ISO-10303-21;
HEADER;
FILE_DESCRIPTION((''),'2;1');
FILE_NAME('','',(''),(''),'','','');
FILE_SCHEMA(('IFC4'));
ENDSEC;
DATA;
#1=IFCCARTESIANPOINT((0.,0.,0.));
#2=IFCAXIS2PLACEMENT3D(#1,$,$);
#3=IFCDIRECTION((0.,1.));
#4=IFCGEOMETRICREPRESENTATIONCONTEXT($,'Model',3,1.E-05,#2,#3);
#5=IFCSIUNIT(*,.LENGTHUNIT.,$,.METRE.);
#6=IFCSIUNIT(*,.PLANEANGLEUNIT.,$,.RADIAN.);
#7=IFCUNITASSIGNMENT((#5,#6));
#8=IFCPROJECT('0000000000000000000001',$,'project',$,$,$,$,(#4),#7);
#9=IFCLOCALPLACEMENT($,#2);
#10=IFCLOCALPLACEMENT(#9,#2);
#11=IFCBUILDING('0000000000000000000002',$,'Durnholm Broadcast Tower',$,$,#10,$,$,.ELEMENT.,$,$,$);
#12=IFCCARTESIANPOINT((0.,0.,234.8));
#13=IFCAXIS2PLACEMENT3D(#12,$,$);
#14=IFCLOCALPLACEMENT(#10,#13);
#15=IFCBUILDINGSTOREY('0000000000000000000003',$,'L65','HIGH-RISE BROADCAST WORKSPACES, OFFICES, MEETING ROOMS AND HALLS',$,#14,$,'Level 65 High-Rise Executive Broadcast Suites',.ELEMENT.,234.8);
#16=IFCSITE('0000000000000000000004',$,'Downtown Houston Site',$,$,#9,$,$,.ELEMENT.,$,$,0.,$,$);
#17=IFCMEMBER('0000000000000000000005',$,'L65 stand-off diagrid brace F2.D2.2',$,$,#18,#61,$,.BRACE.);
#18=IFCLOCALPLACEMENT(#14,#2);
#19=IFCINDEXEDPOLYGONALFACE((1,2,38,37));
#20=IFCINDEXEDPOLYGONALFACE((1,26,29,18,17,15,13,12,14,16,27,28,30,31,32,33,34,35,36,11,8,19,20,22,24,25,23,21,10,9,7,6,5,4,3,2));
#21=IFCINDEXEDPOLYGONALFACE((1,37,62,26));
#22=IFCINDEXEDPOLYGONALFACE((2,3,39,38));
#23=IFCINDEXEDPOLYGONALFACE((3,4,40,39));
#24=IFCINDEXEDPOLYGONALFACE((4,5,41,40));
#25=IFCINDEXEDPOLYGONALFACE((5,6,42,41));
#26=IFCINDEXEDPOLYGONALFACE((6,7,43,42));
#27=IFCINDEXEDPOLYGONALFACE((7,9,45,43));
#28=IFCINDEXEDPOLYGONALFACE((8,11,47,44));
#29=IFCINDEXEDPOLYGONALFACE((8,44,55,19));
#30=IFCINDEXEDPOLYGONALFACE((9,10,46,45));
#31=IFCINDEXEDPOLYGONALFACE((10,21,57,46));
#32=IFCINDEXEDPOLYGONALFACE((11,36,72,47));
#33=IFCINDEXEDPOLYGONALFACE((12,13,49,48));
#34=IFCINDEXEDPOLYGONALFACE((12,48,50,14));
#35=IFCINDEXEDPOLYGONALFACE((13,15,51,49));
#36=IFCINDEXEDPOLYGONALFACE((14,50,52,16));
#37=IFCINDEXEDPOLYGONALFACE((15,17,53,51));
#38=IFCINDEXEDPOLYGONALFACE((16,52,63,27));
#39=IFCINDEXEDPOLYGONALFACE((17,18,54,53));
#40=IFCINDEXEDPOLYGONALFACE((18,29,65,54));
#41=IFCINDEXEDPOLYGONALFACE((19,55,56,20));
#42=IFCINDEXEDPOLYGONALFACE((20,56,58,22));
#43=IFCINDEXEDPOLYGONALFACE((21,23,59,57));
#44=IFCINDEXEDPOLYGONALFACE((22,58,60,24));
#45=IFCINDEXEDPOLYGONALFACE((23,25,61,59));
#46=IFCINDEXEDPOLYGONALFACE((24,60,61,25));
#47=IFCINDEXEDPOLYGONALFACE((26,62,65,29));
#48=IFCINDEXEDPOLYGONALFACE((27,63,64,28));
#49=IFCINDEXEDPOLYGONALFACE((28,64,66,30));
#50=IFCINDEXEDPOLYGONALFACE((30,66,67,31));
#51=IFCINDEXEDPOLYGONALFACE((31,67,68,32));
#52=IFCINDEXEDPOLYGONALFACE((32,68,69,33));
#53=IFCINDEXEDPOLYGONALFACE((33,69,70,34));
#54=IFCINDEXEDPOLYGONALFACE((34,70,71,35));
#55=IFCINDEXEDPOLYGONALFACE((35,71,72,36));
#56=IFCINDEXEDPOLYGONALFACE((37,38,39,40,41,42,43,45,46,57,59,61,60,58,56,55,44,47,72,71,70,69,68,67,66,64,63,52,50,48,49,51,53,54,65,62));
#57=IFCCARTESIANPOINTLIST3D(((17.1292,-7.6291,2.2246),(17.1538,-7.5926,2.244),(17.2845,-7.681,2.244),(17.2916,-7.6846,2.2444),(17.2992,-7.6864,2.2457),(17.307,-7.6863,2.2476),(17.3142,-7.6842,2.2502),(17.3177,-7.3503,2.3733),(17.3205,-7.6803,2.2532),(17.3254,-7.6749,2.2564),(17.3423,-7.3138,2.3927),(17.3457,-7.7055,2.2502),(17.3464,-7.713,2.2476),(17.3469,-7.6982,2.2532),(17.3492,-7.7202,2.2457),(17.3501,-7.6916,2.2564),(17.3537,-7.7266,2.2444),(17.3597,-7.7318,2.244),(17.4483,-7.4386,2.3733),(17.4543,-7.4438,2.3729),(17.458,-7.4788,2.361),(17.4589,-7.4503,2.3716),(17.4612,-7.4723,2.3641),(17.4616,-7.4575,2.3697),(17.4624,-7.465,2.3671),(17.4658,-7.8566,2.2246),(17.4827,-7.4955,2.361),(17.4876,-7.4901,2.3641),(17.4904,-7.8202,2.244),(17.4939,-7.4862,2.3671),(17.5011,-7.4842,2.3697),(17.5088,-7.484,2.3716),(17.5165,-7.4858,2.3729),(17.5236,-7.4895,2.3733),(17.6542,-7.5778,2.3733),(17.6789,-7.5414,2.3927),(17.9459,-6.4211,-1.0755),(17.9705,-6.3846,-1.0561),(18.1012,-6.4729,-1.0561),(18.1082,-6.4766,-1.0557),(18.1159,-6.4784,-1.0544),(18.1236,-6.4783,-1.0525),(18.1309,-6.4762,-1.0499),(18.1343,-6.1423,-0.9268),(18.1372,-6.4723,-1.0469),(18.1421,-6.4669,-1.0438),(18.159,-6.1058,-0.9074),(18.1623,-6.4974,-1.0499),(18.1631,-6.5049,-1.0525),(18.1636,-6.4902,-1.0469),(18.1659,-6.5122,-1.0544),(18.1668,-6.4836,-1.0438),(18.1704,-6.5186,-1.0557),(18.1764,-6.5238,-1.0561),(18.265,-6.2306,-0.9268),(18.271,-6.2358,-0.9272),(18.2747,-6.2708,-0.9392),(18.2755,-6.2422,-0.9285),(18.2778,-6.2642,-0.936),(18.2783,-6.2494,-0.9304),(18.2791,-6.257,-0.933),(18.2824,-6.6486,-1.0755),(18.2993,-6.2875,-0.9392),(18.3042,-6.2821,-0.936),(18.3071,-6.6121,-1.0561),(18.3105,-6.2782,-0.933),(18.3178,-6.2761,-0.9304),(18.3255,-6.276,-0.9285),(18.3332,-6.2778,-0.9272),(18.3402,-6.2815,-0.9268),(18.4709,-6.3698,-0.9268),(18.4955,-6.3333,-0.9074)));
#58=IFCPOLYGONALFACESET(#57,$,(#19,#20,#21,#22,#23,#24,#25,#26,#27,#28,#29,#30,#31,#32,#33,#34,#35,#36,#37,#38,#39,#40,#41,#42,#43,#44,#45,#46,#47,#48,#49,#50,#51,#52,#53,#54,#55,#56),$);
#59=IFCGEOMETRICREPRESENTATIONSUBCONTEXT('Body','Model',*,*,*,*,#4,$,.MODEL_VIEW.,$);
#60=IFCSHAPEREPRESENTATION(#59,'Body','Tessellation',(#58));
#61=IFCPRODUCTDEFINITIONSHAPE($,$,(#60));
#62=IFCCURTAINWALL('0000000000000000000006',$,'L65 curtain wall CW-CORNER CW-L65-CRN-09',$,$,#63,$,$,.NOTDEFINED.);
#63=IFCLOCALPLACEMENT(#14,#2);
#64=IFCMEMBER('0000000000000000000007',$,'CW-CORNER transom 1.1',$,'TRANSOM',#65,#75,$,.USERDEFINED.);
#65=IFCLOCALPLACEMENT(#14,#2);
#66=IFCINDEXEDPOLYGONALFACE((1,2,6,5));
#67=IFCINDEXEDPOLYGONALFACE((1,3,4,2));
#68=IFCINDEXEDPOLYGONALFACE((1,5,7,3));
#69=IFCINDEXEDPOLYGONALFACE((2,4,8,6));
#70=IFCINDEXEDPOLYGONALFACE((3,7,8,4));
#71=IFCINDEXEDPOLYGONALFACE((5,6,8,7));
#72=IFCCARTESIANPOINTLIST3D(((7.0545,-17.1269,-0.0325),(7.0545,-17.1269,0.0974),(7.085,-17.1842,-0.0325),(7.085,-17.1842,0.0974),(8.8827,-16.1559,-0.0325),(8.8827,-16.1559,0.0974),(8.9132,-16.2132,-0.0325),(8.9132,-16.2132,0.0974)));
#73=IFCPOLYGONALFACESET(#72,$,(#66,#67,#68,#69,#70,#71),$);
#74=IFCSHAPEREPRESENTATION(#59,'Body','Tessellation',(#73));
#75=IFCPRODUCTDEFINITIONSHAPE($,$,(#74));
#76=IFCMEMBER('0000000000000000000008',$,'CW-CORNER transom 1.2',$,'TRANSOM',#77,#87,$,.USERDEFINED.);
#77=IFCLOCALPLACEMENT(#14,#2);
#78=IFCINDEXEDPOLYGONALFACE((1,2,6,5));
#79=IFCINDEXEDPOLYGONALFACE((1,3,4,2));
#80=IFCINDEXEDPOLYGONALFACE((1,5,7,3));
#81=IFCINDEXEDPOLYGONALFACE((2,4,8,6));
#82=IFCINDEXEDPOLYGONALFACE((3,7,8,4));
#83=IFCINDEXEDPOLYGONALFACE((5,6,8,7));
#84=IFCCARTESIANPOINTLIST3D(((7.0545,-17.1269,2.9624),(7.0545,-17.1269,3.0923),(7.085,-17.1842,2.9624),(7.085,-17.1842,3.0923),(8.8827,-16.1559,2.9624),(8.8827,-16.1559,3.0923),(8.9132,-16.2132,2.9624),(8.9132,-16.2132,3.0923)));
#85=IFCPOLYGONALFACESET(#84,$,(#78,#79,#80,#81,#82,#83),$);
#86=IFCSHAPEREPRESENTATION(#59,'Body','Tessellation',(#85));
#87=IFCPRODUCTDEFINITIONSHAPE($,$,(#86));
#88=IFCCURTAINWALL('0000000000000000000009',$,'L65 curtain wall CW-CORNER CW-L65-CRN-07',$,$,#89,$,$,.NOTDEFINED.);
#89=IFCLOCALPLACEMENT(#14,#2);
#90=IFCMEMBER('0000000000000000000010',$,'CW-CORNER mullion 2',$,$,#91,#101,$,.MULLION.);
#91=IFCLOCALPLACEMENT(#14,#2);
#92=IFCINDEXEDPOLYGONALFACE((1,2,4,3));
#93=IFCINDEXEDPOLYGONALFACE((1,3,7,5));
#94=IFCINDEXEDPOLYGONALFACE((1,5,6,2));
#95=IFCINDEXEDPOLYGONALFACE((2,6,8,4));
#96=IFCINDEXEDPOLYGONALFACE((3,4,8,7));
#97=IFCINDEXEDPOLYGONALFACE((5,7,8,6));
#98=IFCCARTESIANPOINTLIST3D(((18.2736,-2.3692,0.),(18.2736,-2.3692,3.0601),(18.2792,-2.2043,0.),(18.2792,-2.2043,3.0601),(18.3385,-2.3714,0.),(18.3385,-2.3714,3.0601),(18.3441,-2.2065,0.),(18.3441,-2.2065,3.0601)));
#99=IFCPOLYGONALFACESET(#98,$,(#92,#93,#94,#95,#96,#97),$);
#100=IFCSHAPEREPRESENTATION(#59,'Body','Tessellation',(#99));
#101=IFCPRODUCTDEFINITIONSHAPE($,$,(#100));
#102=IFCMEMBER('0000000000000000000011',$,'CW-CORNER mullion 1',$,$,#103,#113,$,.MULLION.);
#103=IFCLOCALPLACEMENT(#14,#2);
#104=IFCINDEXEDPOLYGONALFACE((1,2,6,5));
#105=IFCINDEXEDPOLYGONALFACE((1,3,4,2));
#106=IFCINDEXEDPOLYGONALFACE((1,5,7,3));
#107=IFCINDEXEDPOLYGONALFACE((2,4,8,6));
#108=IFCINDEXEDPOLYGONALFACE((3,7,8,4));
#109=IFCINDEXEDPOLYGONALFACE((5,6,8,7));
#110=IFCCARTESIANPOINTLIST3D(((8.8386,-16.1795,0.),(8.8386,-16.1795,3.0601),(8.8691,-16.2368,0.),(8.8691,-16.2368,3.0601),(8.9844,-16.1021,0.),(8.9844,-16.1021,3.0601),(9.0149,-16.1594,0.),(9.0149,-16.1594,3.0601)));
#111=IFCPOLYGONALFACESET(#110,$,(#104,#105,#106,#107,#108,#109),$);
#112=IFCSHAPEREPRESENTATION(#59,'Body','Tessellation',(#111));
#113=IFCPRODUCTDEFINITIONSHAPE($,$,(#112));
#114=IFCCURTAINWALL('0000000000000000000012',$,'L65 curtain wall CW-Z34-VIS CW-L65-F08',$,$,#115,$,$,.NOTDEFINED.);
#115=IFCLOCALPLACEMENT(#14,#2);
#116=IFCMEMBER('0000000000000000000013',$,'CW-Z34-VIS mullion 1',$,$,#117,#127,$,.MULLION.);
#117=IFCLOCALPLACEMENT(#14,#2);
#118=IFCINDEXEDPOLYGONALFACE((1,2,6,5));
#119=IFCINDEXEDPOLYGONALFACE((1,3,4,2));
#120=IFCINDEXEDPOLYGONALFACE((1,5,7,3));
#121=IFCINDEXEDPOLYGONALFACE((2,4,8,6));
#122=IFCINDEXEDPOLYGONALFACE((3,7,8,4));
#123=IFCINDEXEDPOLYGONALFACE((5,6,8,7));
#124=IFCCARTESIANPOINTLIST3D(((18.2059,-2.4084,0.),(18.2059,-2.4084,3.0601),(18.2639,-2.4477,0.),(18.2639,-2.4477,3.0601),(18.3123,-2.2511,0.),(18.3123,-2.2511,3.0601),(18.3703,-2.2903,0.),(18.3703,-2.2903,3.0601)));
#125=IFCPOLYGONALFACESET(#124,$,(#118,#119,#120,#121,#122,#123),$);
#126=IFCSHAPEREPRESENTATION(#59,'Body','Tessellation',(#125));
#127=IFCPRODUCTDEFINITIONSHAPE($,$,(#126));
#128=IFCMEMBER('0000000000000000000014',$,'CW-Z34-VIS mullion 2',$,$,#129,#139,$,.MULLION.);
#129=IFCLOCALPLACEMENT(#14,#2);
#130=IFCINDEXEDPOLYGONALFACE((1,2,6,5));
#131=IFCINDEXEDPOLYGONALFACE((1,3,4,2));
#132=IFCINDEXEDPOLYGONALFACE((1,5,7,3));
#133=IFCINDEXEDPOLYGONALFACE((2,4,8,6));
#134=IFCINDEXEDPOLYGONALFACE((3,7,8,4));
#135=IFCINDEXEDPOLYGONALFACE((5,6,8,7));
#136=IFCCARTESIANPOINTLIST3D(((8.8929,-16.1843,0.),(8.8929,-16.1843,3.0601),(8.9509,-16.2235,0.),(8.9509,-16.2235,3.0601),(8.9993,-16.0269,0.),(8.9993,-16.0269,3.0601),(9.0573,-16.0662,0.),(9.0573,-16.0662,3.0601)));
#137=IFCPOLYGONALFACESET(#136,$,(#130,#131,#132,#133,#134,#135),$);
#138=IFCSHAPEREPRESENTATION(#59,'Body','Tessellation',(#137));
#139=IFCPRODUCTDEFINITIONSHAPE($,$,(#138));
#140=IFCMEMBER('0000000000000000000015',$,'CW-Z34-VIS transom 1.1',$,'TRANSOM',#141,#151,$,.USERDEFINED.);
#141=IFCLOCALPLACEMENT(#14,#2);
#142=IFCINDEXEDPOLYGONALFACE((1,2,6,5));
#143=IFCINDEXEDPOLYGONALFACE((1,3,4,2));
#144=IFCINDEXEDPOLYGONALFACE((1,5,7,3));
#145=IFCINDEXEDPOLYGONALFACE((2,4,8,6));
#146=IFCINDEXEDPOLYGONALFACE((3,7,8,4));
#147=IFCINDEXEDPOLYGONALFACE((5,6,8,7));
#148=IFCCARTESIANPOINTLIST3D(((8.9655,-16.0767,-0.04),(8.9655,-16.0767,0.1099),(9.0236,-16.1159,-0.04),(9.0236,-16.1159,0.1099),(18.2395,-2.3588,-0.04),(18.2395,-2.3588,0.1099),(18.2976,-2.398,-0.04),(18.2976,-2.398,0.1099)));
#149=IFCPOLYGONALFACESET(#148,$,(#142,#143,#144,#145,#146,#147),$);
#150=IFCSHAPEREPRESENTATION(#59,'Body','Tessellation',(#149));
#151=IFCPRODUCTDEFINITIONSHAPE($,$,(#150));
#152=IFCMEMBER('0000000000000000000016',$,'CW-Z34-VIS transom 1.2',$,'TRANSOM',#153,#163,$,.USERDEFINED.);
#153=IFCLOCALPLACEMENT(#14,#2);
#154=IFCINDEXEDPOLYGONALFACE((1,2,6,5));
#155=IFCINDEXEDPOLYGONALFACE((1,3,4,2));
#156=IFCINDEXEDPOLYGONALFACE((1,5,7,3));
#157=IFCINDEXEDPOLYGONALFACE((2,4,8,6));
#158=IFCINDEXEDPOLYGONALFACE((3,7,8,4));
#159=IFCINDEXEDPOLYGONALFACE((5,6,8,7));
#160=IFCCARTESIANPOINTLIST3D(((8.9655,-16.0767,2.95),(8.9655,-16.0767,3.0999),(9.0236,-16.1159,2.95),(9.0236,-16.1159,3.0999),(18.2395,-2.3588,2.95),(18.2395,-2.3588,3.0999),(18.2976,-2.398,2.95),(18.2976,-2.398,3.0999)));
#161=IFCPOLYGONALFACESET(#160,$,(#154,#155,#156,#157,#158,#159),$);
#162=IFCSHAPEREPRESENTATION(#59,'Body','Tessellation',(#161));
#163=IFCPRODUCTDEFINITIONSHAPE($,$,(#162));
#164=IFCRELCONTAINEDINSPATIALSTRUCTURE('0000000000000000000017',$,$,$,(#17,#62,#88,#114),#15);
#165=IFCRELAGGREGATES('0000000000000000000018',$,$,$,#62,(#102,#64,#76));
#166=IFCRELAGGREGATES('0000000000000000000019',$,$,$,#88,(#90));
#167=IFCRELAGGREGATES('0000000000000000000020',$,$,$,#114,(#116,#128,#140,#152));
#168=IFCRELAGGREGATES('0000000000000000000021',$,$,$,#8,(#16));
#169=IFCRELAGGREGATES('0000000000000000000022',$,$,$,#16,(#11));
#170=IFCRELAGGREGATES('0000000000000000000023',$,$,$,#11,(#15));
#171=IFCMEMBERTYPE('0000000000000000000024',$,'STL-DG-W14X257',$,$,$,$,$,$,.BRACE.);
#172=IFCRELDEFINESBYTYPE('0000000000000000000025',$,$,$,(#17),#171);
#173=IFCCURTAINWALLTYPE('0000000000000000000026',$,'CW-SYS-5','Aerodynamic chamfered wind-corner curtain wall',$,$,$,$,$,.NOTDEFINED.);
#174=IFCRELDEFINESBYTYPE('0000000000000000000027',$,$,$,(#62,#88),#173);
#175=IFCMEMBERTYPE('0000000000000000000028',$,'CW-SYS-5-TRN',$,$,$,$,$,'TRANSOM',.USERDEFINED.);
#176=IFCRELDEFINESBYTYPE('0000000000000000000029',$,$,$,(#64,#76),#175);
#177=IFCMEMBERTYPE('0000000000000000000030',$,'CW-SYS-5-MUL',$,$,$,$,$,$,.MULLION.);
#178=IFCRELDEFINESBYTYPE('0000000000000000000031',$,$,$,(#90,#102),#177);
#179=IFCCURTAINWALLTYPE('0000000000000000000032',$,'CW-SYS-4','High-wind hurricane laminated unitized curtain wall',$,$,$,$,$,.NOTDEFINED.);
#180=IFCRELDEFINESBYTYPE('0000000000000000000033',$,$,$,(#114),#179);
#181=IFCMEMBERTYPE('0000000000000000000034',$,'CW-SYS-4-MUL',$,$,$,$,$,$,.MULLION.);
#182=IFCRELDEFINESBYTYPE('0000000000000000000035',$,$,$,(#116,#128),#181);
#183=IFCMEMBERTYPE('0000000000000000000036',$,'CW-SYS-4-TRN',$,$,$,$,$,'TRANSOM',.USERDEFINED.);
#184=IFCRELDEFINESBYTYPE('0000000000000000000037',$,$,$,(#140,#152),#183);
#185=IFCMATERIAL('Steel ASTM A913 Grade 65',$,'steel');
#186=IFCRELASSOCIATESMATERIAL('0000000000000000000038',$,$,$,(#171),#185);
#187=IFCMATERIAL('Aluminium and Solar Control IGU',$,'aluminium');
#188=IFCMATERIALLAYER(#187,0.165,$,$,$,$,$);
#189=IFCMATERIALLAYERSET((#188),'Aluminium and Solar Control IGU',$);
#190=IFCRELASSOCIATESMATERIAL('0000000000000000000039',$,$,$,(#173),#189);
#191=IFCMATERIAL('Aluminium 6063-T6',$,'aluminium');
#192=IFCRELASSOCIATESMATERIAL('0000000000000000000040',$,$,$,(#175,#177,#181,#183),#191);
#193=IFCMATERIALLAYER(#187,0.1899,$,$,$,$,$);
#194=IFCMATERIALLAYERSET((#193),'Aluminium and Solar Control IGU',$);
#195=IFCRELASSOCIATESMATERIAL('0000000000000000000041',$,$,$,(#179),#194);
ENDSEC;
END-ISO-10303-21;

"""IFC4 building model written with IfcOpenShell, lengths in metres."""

from ifc_helpers import new_model, si_unit, direction, frame, origin, origin_2d, place, context, subcontext, project, spatial, rectangle, i_section, extrude, source, transform, mapped, material, layer, layer_set, material_profile, profile_set, type_object, type_shapes, element, aggregate, save


model = new_model("IFC4")

# Units and contexts
model_context = context("Model", 3, precision=1e-05, world=origin(), true_north=direction((0.0, 1.0)))
body_context = subcontext(model_context, "Body", "Model", "MODEL_VIEW")
ifc_project = project(units=[si_unit("LENGTHUNIT", "METRE"), si_unit("PLANEANGLEUNIT", "RADIAN")], contexts=[model_context])

# Site, building, storey
site_placement = place(None, origin())
site = spatial("IfcSite", under=ifc_project, at=site_placement, Name="Downtown Houston Site", CompositionType="ELEMENT", RefElevation=0.0)
building_placement = place(site_placement, origin())
building = spatial("IfcBuilding", under=site, at=building_placement, Name="Durnholm Broadcast Tower", CompositionType="ELEMENT")
storey_placement = place(building_placement, frame((0.0, 0.0, 234.8)))
storey = spatial("IfcBuildingStorey", under=building, at=storey_placement, Name="L65", Description="HIGH-RISE BROADCAST WORKSPACES, OFFICES, MEETING ROOMS AND HALLS", LongName="Level 65 High-Rise Executive Broadcast Suites", CompositionType="ELEMENT", Elevation=234.8)

# Member
ifc_material_1 = material(Name="Steel ASTM A913 Grade 65", Category="steel")
ifc_material_profile_1 = material_profile(ifc_material_1, i_section(OverallWidth=0.4062, OverallDepth=0.416, WebThickness=0.0298, FlangeThickness=0.0481, FilletRadius=0.0305, at=origin_2d()), Name="W14X257")
ifc_profile_set_1 = profile_set([ifc_material_profile_1], Name="Steel ASTM A913 Grade 65")
member_type_1 = type_object("IfcMemberType", Name="STL-DG-W14X257", PredefinedType="BRACE", material=ifc_profile_set_1)
shared_shape_1 = source(origin(), body_context, "Body", "SweptSolid", [
    extrude(i_section(OverallWidth=0.4062, OverallDepth=0.416, WebThickness=0.0298, FlangeThickness=0.0481, FilletRadius=0.0305, at=origin_2d()), origin(), (0.0, 0.0, 1.0), 3.6079),
])
type_shapes(member_type_1, [shared_shape_1])
for number, where, z_axis, x_axis, name in (
    (1, (18.2207, -6.3772, -0.9915), (-0.226354, -0.334828, 0.914688), (0.828452, -0.560059, 0.0), "L65 stand-off diagrid brace F2.D2.2"),
):
    element("IfcMember", number, at=place(storey_placement, frame(where, z_axis=z_axis, x_axis=x_axis)), inside=storey, type_object=member_type_1, Name=name, PredefinedType="BRACE", context=body_context, shape_type="MappedRepresentation", body=[
        mapped(shared_shape_1, transform((0.0, 0.0, 0.0), x_axis=(1.0, 0.0, 0.0), y_axis=(0.0, 1.0, 0.0), z_axis=(0.0, 0.0, 1.0), scale=1.0)),
    ])

# Curtain wall, members
ifc_material_2 = material(Name="Aluminium and Solar Control IGU", Category="aluminium")
ifc_layer_1 = layer(ifc_material_2, 0.165)
ifc_layer_set_1 = layer_set([ifc_layer_1], Name="Aluminium and Solar Control IGU")
curtain_wall_type_1 = type_object("IfcCurtainWallType", Name="CW-SYS-5", Description="Aerodynamic chamfered wind-corner curtain wall", PredefinedType="NOTDEFINED", material=ifc_layer_set_1)
curtain_wall_1_placement = place(storey_placement, origin())
curtain_wall_1 = element("IfcCurtainWall", 2, at=curtain_wall_1_placement, inside=storey, type_object=curtain_wall_type_1, Name="L65 curtain wall CW-CORNER CW-L65-CRN-09", PredefinedType="NOTDEFINED")
ifc_material_3 = material(Name="Aluminium 6063-T6", Category="aluminium")
ifc_material_profile_2 = material_profile(ifc_material_3, rectangle(XDim=0.0649, YDim=0.1299, at=origin_2d()), Name="CWT65X130")
ifc_profile_set_2 = profile_set([ifc_material_profile_2], Name="Aluminium 6063-T6")
member_type_2 = type_object("IfcMemberType", Name="CW-SYS-5-TRN", ElementType="TRANSOM", PredefinedType="USERDEFINED", material=ifc_profile_set_2)
shared_shape_2 = source(origin(), body_context, "Body", "SweptSolid", [
    extrude(rectangle(XDim=0.0649, YDim=0.1299, at=origin_2d()), origin(), (0.0, 0.0, 1.0), 2.0701),
])
type_shapes(member_type_2, [shared_shape_2])
member_1_placement = place(storey_placement, frame((8.8979, -16.1846, 0.0325), z_axis=(-0.883165, -0.469063, 0.0), x_axis=(0.469063, -0.883165, 0.0)))
member_1 = element("IfcMember", 3, at=member_1_placement, type_object=member_type_2, Name="CW-CORNER transom 1.1", ObjectType="TRANSOM", PredefinedType="USERDEFINED", context=body_context, shape_type="MappedRepresentation", body=[
    mapped(shared_shape_2, transform((0.0, 0.0, 0.0), x_axis=(1.0, 0.0, 0.0), y_axis=(0.0, 1.0, 0.0), z_axis=(0.0, 0.0, 1.0), scale=1.0)),
])
member_2_placement = place(storey_placement, frame((8.8979, -16.1846, 3.0273), z_axis=(-0.883165, -0.469063, 0.0), x_axis=(0.469063, -0.883165, 0.0)))
member_2 = element("IfcMember", 4, at=member_2_placement, type_object=member_type_2, Name="CW-CORNER transom 1.2", ObjectType="TRANSOM", PredefinedType="USERDEFINED", context=body_context, shape_type="MappedRepresentation", body=[
    mapped(shared_shape_2, transform((0.0, 0.0, 0.0), x_axis=(1.0, 0.0, 0.0), y_axis=(0.0, 1.0, 0.0), z_axis=(0.0, 0.0, 1.0), scale=1.0)),
])

# Curtain wall, member
curtain_wall_2_placement = place(storey_placement, origin())
curtain_wall_2 = element("IfcCurtainWall", 5, at=curtain_wall_2_placement, inside=storey, type_object=curtain_wall_type_1, Name="L65 curtain wall CW-CORNER CW-L65-CRN-07", PredefinedType="NOTDEFINED")
ifc_material_profile_3 = material_profile(ifc_material_3, rectangle(XDim=0.0649, YDim=0.165, at=origin_2d()), Name="CWM65X165")
ifc_profile_set_3 = profile_set([ifc_material_profile_3], Name="Aluminium 6063-T6")
member_type_3 = type_object("IfcMemberType", Name="CW-SYS-5-MUL", PredefinedType="MULLION", material=ifc_profile_set_3)
shared_shape_3 = source(origin(), body_context, "Body", "SweptSolid", [
    extrude(rectangle(XDim=0.0649, YDim=0.165, at=origin_2d()), origin(), (0.0, 0.0, 1.0), 3.0601),
])
type_shapes(member_type_3, [shared_shape_3])
member_3_placement = place(storey_placement, frame((18.3088, -2.2878, 0.0), z_axis=(0.0, 0.0, 1.0), x_axis=(0.999411, -0.034318, 0.0)))
member_3 = element("IfcMember", 6, at=member_3_placement, type_object=member_type_3, Name="CW-CORNER mullion 2", PredefinedType="MULLION", context=body_context, shape_type="MappedRepresentation", body=[
    mapped(shared_shape_3, transform((0.0, 0.0, 0.0), x_axis=(1.0, 0.0, 0.0), y_axis=(0.0, 1.0, 0.0), z_axis=(0.0, 0.0, 1.0), scale=1.0)),
])

# Member
member_4_placement = place(storey_placement, frame((8.9268, -16.1694, 0.0), z_axis=(0.0, 0.0, 1.0), x_axis=(0.469007, -0.883195, 0.0)))
member_4 = element("IfcMember", 7, at=member_4_placement, type_object=member_type_3, Name="CW-CORNER mullion 1", PredefinedType="MULLION", context=body_context, shape_type="MappedRepresentation", body=[
    mapped(shared_shape_3, transform((0.0, 0.0, 0.0), x_axis=(1.0, 0.0, 0.0), y_axis=(0.0, 1.0, 0.0), z_axis=(0.0, 0.0, 1.0), scale=1.0)),
])
aggregate(curtain_wall_1, [member_4, member_1, member_2])

# Curtain wall, members
ifc_layer_2 = layer(ifc_material_2, 0.1899)
ifc_layer_set_2 = layer_set([ifc_layer_2], Name="Aluminium and Solar Control IGU")
curtain_wall_type_2 = type_object("IfcCurtainWallType", Name="CW-SYS-4", Description="High-wind hurricane laminated unitized curtain wall", PredefinedType="NOTDEFINED", material=ifc_layer_set_2)
curtain_wall_3_placement = place(storey_placement, origin())
curtain_wall_3 = element("IfcCurtainWall", 8, at=curtain_wall_3_placement, inside=storey, type_object=curtain_wall_type_2, Name="L65 curtain wall CW-Z34-VIS CW-L65-F08", PredefinedType="NOTDEFINED")
ifc_material_profile_4 = material_profile(ifc_material_3, rectangle(XDim=0.0701, YDim=0.1899, at=origin_2d()), Name="CWM70X190")
ifc_profile_set_4 = profile_set([ifc_material_profile_4], Name="Aluminium 6063-T6")
member_type_4 = type_object("IfcMemberType", Name="CW-SYS-4-MUL", PredefinedType="MULLION", material=ifc_profile_set_4)
shared_shape_4 = source(origin(), body_context, "Body", "SweptSolid", [
    extrude(rectangle(XDim=0.0701, YDim=0.1899, at=origin_2d()), origin(), (0.0, 0.0, 1.0), 3.0601),
])
type_shapes(member_type_4, [shared_shape_4])
member_5_placement = place(storey_placement, frame((18.2881, -2.3494, 0.0), z_axis=(0.0, 0.0, 1.0), x_axis=(0.828443, -0.560073, 0.0)))
member_5 = element("IfcMember", 9, at=member_5_placement, type_object=member_type_4, Name="CW-Z34-VIS mullion 1", PredefinedType="MULLION", context=body_context, shape_type="MappedRepresentation", body=[
    mapped(shared_shape_4, transform((0.0, 0.0, 0.0), x_axis=(1.0, 0.0, 0.0), y_axis=(0.0, 1.0, 0.0), z_axis=(0.0, 0.0, 1.0), scale=1.0)),
])
member_6_placement = place(storey_placement, frame((8.9751, -16.1252, 0.0), z_axis=(0.0, 0.0, 1.0), x_axis=(0.828443, -0.560073, 0.0)))
member_6 = element("IfcMember", 10, at=member_6_placement, type_object=member_type_4, Name="CW-Z34-VIS mullion 2", PredefinedType="MULLION", context=body_context, shape_type="MappedRepresentation", body=[
    mapped(shared_shape_4, transform((0.0, 0.0, 0.0), x_axis=(1.0, 0.0, 0.0), y_axis=(0.0, 1.0, 0.0), z_axis=(0.0, 0.0, 1.0), scale=1.0)),
])
ifc_material_profile_5 = material_profile(ifc_material_3, rectangle(XDim=0.0701, YDim=0.1499, at=origin_2d()), Name="CWT70X150")
ifc_profile_set_5 = profile_set([ifc_material_profile_5], Name="Aluminium 6063-T6")
member_type_5 = type_object("IfcMemberType", Name="CW-SYS-4-TRN", ElementType="TRANSOM", PredefinedType="USERDEFINED", material=ifc_profile_set_5)
shared_shape_5 = source(origin(), body_context, "Body", "SweptSolid", [
    extrude(rectangle(XDim=0.0701, YDim=0.1499, at=origin_2d()), origin(), (0.0, 0.0, 1.0), 16.5586),
])
type_shapes(member_type_5, [shared_shape_5])
member_7_placement = place(storey_placement, frame((18.2686, -2.3784, 0.0349), z_axis=(-0.560071, -0.828444, 0.0), x_axis=(0.828444, -0.560071, 0.0)))
member_7 = element("IfcMember", 11, at=member_7_placement, type_object=member_type_5, Name="CW-Z34-VIS transom 1.1", ObjectType="TRANSOM", PredefinedType="USERDEFINED", context=body_context, shape_type="MappedRepresentation", body=[
    mapped(shared_shape_5, transform((0.0, 0.0, 0.0), x_axis=(1.0, 0.0, 0.0), y_axis=(0.0, 1.0, 0.0), z_axis=(0.0, 0.0, 1.0), scale=1.0)),
])
member_8_placement = place(storey_placement, frame((18.2686, -2.3784, 3.0249), z_axis=(-0.560071, -0.828444, 0.0), x_axis=(0.828444, -0.560071, 0.0)))
member_8 = element("IfcMember", 12, at=member_8_placement, type_object=member_type_5, Name="CW-Z34-VIS transom 1.2", ObjectType="TRANSOM", PredefinedType="USERDEFINED", context=body_context, shape_type="MappedRepresentation", body=[
    mapped(shared_shape_5, transform((0.0, 0.0, 0.0), x_axis=(1.0, 0.0, 0.0), y_axis=(0.0, 1.0, 0.0), z_axis=(0.0, 0.0, 1.0), scale=1.0)),
])

aggregate(curtain_wall_2, [member_3])
aggregate(curtain_wall_3, [member_5, member_6, member_7, member_8])

save(model, "model.ifc")
